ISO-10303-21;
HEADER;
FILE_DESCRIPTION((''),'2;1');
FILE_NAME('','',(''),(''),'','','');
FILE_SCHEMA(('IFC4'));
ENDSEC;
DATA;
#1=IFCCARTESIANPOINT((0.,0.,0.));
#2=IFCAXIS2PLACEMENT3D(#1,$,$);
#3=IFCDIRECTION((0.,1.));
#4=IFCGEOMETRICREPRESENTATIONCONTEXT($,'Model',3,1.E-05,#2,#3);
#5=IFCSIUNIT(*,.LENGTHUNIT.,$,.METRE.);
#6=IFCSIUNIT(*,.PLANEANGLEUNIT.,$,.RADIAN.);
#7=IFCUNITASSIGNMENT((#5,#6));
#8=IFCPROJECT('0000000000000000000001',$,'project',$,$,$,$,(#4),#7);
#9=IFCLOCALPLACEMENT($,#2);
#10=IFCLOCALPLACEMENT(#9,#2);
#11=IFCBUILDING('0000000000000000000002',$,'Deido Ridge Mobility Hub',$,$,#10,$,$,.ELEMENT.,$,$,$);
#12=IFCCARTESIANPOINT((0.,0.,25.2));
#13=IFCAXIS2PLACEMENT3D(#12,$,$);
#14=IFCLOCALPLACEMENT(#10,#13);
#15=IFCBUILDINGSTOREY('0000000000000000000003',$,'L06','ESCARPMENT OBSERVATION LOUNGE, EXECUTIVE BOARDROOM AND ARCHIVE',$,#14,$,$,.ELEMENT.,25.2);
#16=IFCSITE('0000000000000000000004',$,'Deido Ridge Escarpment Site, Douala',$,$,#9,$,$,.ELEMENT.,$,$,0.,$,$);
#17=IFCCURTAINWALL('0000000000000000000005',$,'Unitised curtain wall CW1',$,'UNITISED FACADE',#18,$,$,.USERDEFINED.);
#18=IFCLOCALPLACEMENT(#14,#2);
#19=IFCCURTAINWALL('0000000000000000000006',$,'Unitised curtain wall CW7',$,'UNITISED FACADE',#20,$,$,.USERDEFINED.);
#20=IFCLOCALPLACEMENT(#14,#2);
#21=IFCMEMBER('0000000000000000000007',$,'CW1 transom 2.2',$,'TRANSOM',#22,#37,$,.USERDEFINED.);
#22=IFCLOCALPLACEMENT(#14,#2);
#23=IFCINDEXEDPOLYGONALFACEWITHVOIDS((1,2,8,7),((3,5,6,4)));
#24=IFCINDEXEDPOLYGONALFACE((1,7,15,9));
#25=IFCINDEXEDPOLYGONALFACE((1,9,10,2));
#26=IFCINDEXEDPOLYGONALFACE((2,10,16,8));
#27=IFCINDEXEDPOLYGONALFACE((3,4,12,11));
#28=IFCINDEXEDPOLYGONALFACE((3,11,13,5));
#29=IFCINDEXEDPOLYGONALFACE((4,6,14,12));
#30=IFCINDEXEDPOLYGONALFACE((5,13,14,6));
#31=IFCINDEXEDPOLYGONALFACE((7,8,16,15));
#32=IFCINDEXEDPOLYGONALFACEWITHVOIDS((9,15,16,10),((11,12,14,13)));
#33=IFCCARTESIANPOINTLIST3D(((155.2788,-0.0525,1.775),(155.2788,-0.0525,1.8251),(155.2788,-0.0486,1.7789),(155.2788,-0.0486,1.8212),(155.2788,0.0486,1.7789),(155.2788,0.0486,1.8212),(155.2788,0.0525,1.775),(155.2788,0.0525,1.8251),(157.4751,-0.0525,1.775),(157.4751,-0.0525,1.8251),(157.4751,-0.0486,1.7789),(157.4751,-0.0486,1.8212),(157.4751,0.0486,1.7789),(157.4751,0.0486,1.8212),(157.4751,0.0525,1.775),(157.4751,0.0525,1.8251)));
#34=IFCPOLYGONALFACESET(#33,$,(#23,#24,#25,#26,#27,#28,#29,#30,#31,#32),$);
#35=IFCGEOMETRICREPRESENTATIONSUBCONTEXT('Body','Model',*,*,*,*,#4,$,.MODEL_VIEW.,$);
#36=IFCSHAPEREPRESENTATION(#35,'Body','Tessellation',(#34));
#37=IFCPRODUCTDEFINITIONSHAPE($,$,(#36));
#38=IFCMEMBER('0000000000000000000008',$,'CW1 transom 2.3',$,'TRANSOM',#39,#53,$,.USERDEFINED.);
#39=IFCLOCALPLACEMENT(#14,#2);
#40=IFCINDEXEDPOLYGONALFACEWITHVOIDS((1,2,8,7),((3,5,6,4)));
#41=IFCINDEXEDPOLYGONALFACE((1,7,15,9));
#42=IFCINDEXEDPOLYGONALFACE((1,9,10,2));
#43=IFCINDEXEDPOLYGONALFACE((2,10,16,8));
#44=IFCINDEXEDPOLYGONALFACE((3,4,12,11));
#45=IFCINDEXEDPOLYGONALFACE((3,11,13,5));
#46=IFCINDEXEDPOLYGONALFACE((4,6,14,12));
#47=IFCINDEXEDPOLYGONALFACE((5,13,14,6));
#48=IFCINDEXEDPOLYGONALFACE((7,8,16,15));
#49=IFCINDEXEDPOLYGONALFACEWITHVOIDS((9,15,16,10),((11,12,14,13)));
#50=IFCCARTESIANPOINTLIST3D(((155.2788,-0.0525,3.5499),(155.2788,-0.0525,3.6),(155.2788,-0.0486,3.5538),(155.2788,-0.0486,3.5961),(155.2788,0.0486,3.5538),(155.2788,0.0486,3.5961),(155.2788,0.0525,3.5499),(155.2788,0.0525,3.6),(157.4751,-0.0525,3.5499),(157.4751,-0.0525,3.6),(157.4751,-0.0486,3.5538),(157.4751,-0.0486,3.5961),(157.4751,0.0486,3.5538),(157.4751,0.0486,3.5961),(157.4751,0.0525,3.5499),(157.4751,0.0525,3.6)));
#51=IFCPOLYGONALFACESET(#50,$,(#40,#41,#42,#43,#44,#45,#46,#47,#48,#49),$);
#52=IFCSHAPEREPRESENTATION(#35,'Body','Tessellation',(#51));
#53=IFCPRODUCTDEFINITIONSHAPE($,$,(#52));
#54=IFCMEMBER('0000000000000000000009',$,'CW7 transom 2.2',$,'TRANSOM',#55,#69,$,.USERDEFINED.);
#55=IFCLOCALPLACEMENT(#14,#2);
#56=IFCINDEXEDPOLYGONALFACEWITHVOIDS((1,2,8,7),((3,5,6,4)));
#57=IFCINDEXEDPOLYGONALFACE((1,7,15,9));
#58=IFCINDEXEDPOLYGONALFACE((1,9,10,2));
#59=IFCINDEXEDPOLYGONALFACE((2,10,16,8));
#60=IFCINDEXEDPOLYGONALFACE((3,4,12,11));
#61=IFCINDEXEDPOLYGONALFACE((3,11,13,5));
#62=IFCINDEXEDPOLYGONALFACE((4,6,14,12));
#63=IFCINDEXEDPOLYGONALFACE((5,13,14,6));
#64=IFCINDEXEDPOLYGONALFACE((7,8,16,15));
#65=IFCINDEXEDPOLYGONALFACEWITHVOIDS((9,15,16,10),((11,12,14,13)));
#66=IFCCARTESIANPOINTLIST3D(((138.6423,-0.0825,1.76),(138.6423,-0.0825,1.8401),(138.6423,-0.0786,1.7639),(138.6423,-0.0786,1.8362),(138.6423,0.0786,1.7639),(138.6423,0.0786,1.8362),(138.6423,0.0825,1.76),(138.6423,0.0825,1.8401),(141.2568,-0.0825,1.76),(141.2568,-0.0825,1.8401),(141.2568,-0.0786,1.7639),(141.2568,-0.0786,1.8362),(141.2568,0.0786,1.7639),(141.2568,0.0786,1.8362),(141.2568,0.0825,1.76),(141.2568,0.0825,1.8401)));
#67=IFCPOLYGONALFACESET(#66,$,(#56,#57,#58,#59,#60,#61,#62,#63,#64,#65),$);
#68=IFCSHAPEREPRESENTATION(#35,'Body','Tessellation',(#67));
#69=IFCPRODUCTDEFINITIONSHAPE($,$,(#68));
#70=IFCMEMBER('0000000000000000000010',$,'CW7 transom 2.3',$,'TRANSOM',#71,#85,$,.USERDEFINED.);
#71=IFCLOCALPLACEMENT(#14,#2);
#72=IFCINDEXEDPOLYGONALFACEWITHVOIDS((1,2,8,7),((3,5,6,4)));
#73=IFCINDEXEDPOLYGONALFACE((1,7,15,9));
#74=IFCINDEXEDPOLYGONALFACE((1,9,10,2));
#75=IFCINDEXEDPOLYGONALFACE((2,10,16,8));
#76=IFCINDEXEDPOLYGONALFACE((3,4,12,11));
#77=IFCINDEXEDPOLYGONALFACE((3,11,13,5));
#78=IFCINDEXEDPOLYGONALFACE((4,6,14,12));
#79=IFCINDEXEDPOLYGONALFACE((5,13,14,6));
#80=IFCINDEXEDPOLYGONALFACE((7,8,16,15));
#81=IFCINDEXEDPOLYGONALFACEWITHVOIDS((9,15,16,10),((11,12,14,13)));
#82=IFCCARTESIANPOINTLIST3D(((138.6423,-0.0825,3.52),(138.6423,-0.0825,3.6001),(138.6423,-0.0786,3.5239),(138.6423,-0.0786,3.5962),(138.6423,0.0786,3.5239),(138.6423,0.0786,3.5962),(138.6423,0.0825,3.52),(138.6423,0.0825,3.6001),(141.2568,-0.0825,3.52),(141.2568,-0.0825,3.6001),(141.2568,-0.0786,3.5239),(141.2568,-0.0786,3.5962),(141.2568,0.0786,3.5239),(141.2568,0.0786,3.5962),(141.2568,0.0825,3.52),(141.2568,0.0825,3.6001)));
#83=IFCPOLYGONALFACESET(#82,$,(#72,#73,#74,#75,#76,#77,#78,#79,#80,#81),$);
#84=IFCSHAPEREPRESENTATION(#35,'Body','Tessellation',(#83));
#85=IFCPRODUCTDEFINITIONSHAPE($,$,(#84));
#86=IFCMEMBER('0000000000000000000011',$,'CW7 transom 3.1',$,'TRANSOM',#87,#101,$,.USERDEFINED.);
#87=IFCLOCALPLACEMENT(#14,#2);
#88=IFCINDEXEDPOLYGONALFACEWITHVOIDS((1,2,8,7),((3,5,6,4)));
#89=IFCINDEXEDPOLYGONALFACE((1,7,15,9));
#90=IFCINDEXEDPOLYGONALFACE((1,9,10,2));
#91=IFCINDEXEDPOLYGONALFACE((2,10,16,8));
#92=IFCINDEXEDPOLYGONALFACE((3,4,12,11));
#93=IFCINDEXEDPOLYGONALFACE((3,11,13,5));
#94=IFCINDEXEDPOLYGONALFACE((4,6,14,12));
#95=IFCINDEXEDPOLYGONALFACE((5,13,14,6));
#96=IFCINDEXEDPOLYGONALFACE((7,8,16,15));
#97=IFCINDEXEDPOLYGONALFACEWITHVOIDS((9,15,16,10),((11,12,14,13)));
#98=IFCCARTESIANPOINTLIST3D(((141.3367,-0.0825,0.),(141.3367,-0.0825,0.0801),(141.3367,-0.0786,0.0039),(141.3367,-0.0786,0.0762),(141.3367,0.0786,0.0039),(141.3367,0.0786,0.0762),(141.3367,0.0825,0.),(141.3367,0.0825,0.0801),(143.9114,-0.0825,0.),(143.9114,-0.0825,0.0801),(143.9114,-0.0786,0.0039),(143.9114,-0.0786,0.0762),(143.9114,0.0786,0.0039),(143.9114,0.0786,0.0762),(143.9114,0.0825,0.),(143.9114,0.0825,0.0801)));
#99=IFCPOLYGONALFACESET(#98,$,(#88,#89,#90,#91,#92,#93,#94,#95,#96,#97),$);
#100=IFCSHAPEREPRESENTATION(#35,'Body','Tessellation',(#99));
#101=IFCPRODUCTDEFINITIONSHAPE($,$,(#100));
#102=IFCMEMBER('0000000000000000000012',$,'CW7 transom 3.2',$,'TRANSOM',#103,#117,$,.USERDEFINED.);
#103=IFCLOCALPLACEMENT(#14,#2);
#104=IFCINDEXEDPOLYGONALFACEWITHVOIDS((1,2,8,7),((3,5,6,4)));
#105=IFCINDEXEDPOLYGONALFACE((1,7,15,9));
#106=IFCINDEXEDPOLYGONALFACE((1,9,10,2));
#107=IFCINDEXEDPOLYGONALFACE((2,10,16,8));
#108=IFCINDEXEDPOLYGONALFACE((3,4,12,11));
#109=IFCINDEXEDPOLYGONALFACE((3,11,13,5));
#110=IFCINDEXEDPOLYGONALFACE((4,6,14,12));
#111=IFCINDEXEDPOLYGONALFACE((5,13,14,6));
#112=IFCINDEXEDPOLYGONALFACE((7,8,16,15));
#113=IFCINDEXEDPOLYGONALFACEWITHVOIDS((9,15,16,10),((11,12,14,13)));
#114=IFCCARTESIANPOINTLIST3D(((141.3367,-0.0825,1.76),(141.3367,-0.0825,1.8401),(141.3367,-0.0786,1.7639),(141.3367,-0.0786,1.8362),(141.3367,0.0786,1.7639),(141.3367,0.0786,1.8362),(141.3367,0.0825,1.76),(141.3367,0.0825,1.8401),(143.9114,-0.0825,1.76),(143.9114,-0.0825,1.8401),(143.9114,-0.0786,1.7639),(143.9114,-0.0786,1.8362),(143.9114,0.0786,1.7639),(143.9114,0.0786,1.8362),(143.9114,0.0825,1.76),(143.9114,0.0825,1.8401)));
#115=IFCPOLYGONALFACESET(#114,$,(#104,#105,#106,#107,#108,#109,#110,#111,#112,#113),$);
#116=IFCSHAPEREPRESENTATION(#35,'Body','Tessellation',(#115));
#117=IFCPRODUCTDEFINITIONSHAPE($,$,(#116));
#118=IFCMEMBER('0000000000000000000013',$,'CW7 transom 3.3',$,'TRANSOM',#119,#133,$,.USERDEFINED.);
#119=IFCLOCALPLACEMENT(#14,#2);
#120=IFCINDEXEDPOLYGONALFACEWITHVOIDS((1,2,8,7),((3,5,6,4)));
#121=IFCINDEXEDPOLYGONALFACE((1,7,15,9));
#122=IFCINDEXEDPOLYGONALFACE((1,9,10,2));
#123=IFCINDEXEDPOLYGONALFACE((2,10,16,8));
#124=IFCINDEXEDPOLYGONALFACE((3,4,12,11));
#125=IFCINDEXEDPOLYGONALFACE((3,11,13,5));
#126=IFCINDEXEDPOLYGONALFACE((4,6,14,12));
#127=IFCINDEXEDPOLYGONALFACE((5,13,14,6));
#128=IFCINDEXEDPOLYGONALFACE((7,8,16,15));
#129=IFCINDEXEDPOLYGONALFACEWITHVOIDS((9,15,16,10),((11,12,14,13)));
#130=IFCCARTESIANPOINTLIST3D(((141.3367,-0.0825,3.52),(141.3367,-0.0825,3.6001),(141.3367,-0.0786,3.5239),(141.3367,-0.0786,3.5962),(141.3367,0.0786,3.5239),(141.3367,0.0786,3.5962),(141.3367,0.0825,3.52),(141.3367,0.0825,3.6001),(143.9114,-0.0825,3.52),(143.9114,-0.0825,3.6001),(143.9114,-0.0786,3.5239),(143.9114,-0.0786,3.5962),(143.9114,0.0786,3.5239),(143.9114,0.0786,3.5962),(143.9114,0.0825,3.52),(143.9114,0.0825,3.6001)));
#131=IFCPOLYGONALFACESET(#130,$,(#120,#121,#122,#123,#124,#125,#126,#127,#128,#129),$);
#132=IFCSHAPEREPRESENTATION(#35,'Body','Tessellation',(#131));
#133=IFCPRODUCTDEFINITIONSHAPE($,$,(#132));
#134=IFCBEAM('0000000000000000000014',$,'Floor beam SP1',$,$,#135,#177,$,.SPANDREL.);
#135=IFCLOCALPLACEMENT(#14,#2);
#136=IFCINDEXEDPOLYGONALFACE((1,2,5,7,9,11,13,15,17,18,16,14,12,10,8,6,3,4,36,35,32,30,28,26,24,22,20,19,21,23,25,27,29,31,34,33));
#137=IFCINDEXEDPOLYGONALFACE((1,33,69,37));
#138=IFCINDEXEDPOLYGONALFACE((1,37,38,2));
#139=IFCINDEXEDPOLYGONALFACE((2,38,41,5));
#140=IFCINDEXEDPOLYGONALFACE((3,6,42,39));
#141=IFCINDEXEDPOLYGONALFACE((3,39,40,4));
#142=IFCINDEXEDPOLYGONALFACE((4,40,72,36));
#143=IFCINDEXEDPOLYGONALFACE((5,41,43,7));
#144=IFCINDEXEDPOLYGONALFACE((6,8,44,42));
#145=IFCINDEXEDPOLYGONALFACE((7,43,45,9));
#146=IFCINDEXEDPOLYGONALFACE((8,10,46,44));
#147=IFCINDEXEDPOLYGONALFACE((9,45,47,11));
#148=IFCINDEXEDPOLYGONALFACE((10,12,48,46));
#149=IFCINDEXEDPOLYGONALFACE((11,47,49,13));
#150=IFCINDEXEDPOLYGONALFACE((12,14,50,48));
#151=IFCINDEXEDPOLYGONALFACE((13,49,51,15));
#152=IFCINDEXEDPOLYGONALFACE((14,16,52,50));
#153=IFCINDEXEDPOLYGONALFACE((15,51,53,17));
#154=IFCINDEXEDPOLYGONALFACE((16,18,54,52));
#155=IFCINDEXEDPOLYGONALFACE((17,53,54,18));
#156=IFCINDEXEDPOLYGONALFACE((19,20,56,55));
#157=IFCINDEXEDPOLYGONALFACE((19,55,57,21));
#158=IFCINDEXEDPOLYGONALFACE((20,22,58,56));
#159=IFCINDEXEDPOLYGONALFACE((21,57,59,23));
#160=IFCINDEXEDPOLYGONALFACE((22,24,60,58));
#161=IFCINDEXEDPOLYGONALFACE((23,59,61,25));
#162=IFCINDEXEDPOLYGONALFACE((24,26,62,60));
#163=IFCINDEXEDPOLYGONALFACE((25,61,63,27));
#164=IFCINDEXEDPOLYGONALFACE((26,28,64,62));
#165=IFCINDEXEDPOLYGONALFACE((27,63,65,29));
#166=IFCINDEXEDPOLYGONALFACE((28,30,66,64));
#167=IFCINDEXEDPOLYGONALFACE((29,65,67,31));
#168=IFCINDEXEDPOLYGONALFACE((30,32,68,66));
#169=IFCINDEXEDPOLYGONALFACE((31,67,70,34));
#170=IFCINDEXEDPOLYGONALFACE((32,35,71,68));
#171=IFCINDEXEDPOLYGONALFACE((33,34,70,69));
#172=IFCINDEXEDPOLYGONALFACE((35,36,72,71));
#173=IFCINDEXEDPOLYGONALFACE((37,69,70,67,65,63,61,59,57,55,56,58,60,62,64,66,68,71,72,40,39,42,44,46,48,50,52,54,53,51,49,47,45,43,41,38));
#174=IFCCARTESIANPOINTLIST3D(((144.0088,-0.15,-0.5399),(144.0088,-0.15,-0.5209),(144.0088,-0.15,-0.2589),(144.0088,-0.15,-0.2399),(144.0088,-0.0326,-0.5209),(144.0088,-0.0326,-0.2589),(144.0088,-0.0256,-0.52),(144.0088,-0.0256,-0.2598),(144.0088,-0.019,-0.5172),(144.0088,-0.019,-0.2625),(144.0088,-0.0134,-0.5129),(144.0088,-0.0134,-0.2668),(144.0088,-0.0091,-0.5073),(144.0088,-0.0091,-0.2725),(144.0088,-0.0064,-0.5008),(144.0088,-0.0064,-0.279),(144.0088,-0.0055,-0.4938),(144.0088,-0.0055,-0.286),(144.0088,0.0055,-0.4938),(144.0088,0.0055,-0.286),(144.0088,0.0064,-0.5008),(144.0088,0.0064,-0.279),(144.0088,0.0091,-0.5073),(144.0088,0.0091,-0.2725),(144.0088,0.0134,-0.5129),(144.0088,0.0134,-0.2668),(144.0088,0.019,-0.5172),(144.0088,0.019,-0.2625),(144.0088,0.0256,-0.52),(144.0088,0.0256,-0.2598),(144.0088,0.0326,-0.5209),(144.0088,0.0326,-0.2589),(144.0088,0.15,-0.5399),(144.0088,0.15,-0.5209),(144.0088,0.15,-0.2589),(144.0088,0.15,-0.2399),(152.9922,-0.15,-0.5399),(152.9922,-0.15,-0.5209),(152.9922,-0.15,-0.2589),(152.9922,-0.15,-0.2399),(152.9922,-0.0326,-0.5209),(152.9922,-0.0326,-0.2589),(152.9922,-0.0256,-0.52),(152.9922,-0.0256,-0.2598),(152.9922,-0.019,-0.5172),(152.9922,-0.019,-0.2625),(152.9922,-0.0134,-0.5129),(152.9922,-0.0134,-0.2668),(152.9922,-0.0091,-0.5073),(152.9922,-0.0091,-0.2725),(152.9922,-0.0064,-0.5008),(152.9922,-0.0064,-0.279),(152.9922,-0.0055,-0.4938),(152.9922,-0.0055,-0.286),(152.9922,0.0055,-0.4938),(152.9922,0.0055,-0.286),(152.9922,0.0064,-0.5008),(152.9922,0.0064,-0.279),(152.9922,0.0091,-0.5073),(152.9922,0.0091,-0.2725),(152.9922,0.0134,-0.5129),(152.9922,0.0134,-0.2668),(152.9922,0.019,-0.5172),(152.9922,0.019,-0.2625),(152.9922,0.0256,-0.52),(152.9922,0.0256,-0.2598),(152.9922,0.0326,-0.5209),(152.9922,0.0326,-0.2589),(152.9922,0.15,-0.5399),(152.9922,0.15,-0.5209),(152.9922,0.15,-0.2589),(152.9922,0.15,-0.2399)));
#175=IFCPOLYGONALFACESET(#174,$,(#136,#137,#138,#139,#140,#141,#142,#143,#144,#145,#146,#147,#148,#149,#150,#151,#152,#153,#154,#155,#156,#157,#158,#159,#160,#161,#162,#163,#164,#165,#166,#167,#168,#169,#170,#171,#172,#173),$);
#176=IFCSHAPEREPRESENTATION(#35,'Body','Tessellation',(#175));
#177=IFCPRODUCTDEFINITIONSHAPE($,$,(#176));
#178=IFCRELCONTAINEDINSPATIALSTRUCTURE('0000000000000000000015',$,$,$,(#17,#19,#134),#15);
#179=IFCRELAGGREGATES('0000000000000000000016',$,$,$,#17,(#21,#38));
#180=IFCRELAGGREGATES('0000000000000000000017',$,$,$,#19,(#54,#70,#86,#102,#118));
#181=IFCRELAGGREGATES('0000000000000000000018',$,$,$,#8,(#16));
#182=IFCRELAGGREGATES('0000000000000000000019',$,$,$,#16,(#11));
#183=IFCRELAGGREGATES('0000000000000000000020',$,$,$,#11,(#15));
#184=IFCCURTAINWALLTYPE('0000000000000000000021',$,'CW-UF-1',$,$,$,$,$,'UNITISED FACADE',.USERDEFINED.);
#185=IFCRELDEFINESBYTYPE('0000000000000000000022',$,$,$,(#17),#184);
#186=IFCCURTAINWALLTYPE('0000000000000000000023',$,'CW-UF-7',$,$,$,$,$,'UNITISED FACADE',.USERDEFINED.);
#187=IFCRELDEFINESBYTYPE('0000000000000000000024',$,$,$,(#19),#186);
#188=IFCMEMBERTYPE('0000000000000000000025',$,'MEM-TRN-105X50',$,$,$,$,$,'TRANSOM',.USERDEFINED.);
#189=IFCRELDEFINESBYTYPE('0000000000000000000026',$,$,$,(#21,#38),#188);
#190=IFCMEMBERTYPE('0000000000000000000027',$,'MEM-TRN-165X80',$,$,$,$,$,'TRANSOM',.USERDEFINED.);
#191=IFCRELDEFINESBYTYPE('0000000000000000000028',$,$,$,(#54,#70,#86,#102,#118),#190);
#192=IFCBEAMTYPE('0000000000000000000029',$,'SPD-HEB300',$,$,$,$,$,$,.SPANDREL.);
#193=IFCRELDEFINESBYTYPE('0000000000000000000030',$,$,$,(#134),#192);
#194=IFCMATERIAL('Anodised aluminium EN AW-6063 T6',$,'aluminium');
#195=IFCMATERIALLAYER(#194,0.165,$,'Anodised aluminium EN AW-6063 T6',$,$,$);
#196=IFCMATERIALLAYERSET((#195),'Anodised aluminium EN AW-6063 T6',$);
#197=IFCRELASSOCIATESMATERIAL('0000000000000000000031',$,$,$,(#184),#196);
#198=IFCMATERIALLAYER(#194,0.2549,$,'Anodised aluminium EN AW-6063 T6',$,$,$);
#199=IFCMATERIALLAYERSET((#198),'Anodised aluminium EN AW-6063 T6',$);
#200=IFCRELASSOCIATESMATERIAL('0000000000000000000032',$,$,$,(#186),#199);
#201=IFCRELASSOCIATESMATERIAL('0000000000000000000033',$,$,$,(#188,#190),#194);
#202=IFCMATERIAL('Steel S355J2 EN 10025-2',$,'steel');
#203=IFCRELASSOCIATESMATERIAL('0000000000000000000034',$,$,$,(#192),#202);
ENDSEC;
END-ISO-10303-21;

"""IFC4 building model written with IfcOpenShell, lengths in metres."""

from ifc_helpers import new_model, si_unit, direction, frame, origin, origin_2d, place, context, subcontext, project, spatial, hollow_rectangle, i_section, extrude, material, layer, layer_set, material_profile, profile_set, type_object, element, aggregate, save


model = new_model("IFC4")

# Units and contexts
model_context = context("Model", 3, precision=1e-05, world=origin(), true_north=direction((0.0, 1.0)))
body_context = subcontext(model_context, "Body", "Model", "MODEL_VIEW")
ifc_project = project(units=[si_unit("LENGTHUNIT", "METRE"), si_unit("PLANEANGLEUNIT", "RADIAN")], contexts=[model_context])

# Site, building, storey
site_placement = place(None, origin())
site = spatial("IfcSite", under=ifc_project, at=site_placement, Name="Deido Ridge Escarpment Site, Douala", CompositionType="ELEMENT", RefElevation=0.0)
building_placement = place(site_placement, origin())
building = spatial("IfcBuilding", under=site, at=building_placement, Name="Deido Ridge Mobility Hub", CompositionType="ELEMENT")
storey_placement = place(building_placement, frame((0.0, 0.0, 25.2)))
storey = spatial("IfcBuildingStorey", under=building, at=storey_placement, Name="L06", Description="ESCARPMENT OBSERVATION LOUNGE, EXECUTIVE BOARDROOM AND ARCHIVE", CompositionType="ELEMENT", Elevation=25.2)

# Shared definitions
ifc_material_1 = material(Name="Steel S355J2 EN 10025-2", Category="steel")

# Curtain walls
ifc_material_2 = material(Name="Anodised aluminium EN AW-6063 T6", Category="aluminium")
ifc_layer_1 = layer(ifc_material_2, 0.165, Name="Anodised aluminium EN AW-6063 T6")
ifc_layer_set_1 = layer_set([ifc_layer_1], Name="Anodised aluminium EN AW-6063 T6")
curtain_wall_type_1 = type_object("IfcCurtainWallType", Name="CW-UF-1", ElementType="UNITISED FACADE", PredefinedType="USERDEFINED", material=ifc_layer_set_1)
curtain_wall_1_placement = place(storey_placement, origin())
curtain_wall_1 = element("IfcCurtainWall", 1, at=curtain_wall_1_placement, inside=storey, type_object=curtain_wall_type_1, Name="Unitised curtain wall CW1", ObjectType="UNITISED FACADE", PredefinedType="USERDEFINED")
ifc_layer_2 = layer(ifc_material_2, 0.2549, Name="Anodised aluminium EN AW-6063 T6")
ifc_layer_set_2 = layer_set([ifc_layer_2], Name="Anodised aluminium EN AW-6063 T6")
curtain_wall_type_2 = type_object("IfcCurtainWallType", Name="CW-UF-7", ElementType="UNITISED FACADE", PredefinedType="USERDEFINED", material=ifc_layer_set_2)
curtain_wall_2_placement = place(storey_placement, origin())
curtain_wall_2 = element("IfcCurtainWall", 2, at=curtain_wall_2_placement, inside=storey, type_object=curtain_wall_type_2, Name="Unitised curtain wall CW7", ObjectType="UNITISED FACADE", PredefinedType="USERDEFINED")

# Members
ifc_material_profile_1 = material_profile(ifc_material_2, hollow_rectangle(XDim=0.105, YDim=0.05, WallThickness=0.0039, at=origin_2d()), Name="RHS 105x50x4")
ifc_profile_set_1 = profile_set([ifc_material_profile_1], Name="Anodised aluminium EN AW-6063 T6")
member_type_1 = type_object("IfcMemberType", Name="MEM-TRN-105X50", ElementType="TRANSOM", PredefinedType="USERDEFINED", material=ifc_profile_set_1)
member_1_placement = place(storey_placement, frame((155.2788, 0.0, 1.8), z_axis=(1.0, 0.0, 0.0), x_axis=(0.0, 1.0, 0.0)))
member_1 = element("IfcMember", 3, at=member_1_placement, type_object=member_type_1, Name="CW1 transom 2.2", ObjectType="TRANSOM", PredefinedType="USERDEFINED", context=body_context, shape_type="SweptSolid", body=[
    extrude(hollow_rectangle(XDim=0.105, YDim=0.05, WallThickness=0.0039, at=origin_2d()), origin(), (0.0, 0.0, 1.0), 2.1963),
])
member_2_placement = place(storey_placement, frame((155.2788, 0.0, 3.575), z_axis=(1.0, 0.0, 0.0), x_axis=(0.0, 1.0, 0.0)))
member_2 = element("IfcMember", 4, at=member_2_placement, type_object=member_type_1, Name="CW1 transom 2.3", ObjectType="TRANSOM", PredefinedType="USERDEFINED", context=body_context, shape_type="SweptSolid", body=[
    extrude(hollow_rectangle(XDim=0.105, YDim=0.05, WallThickness=0.0039, at=origin_2d()), origin(), (0.0, 0.0, 1.0), 2.1963),
])
ifc_material_profile_2 = material_profile(ifc_material_2, hollow_rectangle(XDim=0.165, YDim=0.0801, WallThickness=0.0039, at=origin_2d()), Name="RHS 165x80x4")
ifc_profile_set_2 = profile_set([ifc_material_profile_2], Name="Anodised aluminium EN AW-6063 T6")
member_type_2 = type_object("IfcMemberType", Name="MEM-TRN-165X80", ElementType="TRANSOM", PredefinedType="USERDEFINED", material=ifc_profile_set_2)
member_3_placement = place(storey_placement, frame((138.6423, 0.0, 1.8), z_axis=(1.0, 0.0, 0.0), x_axis=(0.0, 1.0, 0.0)))
member_3 = element("IfcMember", 5, at=member_3_placement, type_object=member_type_2, Name="CW7 transom 2.2", ObjectType="TRANSOM", PredefinedType="USERDEFINED", context=body_context, shape_type="SweptSolid", body=[
    extrude(hollow_rectangle(XDim=0.165, YDim=0.0801, WallThickness=0.0039, at=origin_2d()), origin(), (0.0, 0.0, 1.0), 2.6145),
])
member_4_placement = place(storey_placement, frame((138.6423, 0.0, 3.5601), z_axis=(1.0, 0.0, 0.0), x_axis=(0.0, 1.0, 0.0)))
member_4 = element("IfcMember", 6, at=member_4_placement, type_object=member_type_2, Name="CW7 transom 2.3", ObjectType="TRANSOM", PredefinedType="USERDEFINED", context=body_context, shape_type="SweptSolid", body=[
    extrude(hollow_rectangle(XDim=0.165, YDim=0.0801, WallThickness=0.0039, at=origin_2d()), origin(), (0.0, 0.0, 1.0), 2.6145),
])
member_5_placement = place(storey_placement, frame((141.3367, 0.0, 0.04), z_axis=(1.0, 0.0, 0.0), x_axis=(0.0, 1.0, 0.0)))
member_5 = element("IfcMember", 7, at=member_5_placement, type_object=member_type_2, Name="CW7 transom 3.1", ObjectType="TRANSOM", PredefinedType="USERDEFINED", context=body_context, shape_type="SweptSolid", body=[
    extrude(hollow_rectangle(XDim=0.165, YDim=0.0801, WallThickness=0.0039, at=origin_2d()), origin(), (0.0, 0.0, 1.0), 2.5747),
])
member_6_placement = place(storey_placement, frame((141.3367, 0.0, 1.8), z_axis=(1.0, 0.0, 0.0), x_axis=(0.0, 1.0, 0.0)))
member_6 = element("IfcMember", 8, at=member_6_placement, type_object=member_type_2, Name="CW7 transom 3.2", ObjectType="TRANSOM", PredefinedType="USERDEFINED", context=body_context, shape_type="SweptSolid", body=[
    extrude(hollow_rectangle(XDim=0.165, YDim=0.0801, WallThickness=0.0039, at=origin_2d()), origin(), (0.0, 0.0, 1.0), 2.5747),
])
member_7_placement = place(storey_placement, frame((141.3367, 0.0, 3.5601), z_axis=(1.0, 0.0, 0.0), x_axis=(0.0, 1.0, 0.0)))
member_7 = element("IfcMember", 9, at=member_7_placement, type_object=member_type_2, Name="CW7 transom 3.3", ObjectType="TRANSOM", PredefinedType="USERDEFINED", context=body_context, shape_type="SweptSolid", body=[
    extrude(hollow_rectangle(XDim=0.165, YDim=0.0801, WallThickness=0.0039, at=origin_2d()), origin(), (0.0, 0.0, 1.0), 2.5747),
])

# Beam
ifc_material_profile_3 = material_profile(ifc_material_1, i_section(OverallWidth=0.3, OverallDepth=0.3, WebThickness=0.011, FlangeThickness=0.019, FilletRadius=0.0271, at=origin_2d()), Name="HEB 300")
ifc_profile_set_3 = profile_set([ifc_material_profile_3], Name="Steel S355J2 EN 10025-2")
beam_type_1 = type_object("IfcBeamType", Name="SPD-HEB300", PredefinedType="SPANDREL", material=ifc_profile_set_3)
beam_1_placement = place(storey_placement, frame((144.0088, 0.0, -0.3899), z_axis=(1.0, 0.0, 0.0), x_axis=(0.0, 1.0, 0.0)))
element("IfcBeam", 10, at=beam_1_placement, inside=storey, type_object=beam_type_1, Name="Floor beam SP1", PredefinedType="SPANDREL", context=body_context, shape_type="SweptSolid", body=[
    extrude(i_section(OverallWidth=0.3, OverallDepth=0.3, WebThickness=0.011, FlangeThickness=0.019, FilletRadius=0.0271, at=origin_2d()), origin(), (0.0, 0.0, 1.0), 8.9834),
])

aggregate(curtain_wall_1, [member_1, member_2])
aggregate(curtain_wall_2, [member_3, member_4, member_5, member_6, member_7])

save(model, "model.ifc")
